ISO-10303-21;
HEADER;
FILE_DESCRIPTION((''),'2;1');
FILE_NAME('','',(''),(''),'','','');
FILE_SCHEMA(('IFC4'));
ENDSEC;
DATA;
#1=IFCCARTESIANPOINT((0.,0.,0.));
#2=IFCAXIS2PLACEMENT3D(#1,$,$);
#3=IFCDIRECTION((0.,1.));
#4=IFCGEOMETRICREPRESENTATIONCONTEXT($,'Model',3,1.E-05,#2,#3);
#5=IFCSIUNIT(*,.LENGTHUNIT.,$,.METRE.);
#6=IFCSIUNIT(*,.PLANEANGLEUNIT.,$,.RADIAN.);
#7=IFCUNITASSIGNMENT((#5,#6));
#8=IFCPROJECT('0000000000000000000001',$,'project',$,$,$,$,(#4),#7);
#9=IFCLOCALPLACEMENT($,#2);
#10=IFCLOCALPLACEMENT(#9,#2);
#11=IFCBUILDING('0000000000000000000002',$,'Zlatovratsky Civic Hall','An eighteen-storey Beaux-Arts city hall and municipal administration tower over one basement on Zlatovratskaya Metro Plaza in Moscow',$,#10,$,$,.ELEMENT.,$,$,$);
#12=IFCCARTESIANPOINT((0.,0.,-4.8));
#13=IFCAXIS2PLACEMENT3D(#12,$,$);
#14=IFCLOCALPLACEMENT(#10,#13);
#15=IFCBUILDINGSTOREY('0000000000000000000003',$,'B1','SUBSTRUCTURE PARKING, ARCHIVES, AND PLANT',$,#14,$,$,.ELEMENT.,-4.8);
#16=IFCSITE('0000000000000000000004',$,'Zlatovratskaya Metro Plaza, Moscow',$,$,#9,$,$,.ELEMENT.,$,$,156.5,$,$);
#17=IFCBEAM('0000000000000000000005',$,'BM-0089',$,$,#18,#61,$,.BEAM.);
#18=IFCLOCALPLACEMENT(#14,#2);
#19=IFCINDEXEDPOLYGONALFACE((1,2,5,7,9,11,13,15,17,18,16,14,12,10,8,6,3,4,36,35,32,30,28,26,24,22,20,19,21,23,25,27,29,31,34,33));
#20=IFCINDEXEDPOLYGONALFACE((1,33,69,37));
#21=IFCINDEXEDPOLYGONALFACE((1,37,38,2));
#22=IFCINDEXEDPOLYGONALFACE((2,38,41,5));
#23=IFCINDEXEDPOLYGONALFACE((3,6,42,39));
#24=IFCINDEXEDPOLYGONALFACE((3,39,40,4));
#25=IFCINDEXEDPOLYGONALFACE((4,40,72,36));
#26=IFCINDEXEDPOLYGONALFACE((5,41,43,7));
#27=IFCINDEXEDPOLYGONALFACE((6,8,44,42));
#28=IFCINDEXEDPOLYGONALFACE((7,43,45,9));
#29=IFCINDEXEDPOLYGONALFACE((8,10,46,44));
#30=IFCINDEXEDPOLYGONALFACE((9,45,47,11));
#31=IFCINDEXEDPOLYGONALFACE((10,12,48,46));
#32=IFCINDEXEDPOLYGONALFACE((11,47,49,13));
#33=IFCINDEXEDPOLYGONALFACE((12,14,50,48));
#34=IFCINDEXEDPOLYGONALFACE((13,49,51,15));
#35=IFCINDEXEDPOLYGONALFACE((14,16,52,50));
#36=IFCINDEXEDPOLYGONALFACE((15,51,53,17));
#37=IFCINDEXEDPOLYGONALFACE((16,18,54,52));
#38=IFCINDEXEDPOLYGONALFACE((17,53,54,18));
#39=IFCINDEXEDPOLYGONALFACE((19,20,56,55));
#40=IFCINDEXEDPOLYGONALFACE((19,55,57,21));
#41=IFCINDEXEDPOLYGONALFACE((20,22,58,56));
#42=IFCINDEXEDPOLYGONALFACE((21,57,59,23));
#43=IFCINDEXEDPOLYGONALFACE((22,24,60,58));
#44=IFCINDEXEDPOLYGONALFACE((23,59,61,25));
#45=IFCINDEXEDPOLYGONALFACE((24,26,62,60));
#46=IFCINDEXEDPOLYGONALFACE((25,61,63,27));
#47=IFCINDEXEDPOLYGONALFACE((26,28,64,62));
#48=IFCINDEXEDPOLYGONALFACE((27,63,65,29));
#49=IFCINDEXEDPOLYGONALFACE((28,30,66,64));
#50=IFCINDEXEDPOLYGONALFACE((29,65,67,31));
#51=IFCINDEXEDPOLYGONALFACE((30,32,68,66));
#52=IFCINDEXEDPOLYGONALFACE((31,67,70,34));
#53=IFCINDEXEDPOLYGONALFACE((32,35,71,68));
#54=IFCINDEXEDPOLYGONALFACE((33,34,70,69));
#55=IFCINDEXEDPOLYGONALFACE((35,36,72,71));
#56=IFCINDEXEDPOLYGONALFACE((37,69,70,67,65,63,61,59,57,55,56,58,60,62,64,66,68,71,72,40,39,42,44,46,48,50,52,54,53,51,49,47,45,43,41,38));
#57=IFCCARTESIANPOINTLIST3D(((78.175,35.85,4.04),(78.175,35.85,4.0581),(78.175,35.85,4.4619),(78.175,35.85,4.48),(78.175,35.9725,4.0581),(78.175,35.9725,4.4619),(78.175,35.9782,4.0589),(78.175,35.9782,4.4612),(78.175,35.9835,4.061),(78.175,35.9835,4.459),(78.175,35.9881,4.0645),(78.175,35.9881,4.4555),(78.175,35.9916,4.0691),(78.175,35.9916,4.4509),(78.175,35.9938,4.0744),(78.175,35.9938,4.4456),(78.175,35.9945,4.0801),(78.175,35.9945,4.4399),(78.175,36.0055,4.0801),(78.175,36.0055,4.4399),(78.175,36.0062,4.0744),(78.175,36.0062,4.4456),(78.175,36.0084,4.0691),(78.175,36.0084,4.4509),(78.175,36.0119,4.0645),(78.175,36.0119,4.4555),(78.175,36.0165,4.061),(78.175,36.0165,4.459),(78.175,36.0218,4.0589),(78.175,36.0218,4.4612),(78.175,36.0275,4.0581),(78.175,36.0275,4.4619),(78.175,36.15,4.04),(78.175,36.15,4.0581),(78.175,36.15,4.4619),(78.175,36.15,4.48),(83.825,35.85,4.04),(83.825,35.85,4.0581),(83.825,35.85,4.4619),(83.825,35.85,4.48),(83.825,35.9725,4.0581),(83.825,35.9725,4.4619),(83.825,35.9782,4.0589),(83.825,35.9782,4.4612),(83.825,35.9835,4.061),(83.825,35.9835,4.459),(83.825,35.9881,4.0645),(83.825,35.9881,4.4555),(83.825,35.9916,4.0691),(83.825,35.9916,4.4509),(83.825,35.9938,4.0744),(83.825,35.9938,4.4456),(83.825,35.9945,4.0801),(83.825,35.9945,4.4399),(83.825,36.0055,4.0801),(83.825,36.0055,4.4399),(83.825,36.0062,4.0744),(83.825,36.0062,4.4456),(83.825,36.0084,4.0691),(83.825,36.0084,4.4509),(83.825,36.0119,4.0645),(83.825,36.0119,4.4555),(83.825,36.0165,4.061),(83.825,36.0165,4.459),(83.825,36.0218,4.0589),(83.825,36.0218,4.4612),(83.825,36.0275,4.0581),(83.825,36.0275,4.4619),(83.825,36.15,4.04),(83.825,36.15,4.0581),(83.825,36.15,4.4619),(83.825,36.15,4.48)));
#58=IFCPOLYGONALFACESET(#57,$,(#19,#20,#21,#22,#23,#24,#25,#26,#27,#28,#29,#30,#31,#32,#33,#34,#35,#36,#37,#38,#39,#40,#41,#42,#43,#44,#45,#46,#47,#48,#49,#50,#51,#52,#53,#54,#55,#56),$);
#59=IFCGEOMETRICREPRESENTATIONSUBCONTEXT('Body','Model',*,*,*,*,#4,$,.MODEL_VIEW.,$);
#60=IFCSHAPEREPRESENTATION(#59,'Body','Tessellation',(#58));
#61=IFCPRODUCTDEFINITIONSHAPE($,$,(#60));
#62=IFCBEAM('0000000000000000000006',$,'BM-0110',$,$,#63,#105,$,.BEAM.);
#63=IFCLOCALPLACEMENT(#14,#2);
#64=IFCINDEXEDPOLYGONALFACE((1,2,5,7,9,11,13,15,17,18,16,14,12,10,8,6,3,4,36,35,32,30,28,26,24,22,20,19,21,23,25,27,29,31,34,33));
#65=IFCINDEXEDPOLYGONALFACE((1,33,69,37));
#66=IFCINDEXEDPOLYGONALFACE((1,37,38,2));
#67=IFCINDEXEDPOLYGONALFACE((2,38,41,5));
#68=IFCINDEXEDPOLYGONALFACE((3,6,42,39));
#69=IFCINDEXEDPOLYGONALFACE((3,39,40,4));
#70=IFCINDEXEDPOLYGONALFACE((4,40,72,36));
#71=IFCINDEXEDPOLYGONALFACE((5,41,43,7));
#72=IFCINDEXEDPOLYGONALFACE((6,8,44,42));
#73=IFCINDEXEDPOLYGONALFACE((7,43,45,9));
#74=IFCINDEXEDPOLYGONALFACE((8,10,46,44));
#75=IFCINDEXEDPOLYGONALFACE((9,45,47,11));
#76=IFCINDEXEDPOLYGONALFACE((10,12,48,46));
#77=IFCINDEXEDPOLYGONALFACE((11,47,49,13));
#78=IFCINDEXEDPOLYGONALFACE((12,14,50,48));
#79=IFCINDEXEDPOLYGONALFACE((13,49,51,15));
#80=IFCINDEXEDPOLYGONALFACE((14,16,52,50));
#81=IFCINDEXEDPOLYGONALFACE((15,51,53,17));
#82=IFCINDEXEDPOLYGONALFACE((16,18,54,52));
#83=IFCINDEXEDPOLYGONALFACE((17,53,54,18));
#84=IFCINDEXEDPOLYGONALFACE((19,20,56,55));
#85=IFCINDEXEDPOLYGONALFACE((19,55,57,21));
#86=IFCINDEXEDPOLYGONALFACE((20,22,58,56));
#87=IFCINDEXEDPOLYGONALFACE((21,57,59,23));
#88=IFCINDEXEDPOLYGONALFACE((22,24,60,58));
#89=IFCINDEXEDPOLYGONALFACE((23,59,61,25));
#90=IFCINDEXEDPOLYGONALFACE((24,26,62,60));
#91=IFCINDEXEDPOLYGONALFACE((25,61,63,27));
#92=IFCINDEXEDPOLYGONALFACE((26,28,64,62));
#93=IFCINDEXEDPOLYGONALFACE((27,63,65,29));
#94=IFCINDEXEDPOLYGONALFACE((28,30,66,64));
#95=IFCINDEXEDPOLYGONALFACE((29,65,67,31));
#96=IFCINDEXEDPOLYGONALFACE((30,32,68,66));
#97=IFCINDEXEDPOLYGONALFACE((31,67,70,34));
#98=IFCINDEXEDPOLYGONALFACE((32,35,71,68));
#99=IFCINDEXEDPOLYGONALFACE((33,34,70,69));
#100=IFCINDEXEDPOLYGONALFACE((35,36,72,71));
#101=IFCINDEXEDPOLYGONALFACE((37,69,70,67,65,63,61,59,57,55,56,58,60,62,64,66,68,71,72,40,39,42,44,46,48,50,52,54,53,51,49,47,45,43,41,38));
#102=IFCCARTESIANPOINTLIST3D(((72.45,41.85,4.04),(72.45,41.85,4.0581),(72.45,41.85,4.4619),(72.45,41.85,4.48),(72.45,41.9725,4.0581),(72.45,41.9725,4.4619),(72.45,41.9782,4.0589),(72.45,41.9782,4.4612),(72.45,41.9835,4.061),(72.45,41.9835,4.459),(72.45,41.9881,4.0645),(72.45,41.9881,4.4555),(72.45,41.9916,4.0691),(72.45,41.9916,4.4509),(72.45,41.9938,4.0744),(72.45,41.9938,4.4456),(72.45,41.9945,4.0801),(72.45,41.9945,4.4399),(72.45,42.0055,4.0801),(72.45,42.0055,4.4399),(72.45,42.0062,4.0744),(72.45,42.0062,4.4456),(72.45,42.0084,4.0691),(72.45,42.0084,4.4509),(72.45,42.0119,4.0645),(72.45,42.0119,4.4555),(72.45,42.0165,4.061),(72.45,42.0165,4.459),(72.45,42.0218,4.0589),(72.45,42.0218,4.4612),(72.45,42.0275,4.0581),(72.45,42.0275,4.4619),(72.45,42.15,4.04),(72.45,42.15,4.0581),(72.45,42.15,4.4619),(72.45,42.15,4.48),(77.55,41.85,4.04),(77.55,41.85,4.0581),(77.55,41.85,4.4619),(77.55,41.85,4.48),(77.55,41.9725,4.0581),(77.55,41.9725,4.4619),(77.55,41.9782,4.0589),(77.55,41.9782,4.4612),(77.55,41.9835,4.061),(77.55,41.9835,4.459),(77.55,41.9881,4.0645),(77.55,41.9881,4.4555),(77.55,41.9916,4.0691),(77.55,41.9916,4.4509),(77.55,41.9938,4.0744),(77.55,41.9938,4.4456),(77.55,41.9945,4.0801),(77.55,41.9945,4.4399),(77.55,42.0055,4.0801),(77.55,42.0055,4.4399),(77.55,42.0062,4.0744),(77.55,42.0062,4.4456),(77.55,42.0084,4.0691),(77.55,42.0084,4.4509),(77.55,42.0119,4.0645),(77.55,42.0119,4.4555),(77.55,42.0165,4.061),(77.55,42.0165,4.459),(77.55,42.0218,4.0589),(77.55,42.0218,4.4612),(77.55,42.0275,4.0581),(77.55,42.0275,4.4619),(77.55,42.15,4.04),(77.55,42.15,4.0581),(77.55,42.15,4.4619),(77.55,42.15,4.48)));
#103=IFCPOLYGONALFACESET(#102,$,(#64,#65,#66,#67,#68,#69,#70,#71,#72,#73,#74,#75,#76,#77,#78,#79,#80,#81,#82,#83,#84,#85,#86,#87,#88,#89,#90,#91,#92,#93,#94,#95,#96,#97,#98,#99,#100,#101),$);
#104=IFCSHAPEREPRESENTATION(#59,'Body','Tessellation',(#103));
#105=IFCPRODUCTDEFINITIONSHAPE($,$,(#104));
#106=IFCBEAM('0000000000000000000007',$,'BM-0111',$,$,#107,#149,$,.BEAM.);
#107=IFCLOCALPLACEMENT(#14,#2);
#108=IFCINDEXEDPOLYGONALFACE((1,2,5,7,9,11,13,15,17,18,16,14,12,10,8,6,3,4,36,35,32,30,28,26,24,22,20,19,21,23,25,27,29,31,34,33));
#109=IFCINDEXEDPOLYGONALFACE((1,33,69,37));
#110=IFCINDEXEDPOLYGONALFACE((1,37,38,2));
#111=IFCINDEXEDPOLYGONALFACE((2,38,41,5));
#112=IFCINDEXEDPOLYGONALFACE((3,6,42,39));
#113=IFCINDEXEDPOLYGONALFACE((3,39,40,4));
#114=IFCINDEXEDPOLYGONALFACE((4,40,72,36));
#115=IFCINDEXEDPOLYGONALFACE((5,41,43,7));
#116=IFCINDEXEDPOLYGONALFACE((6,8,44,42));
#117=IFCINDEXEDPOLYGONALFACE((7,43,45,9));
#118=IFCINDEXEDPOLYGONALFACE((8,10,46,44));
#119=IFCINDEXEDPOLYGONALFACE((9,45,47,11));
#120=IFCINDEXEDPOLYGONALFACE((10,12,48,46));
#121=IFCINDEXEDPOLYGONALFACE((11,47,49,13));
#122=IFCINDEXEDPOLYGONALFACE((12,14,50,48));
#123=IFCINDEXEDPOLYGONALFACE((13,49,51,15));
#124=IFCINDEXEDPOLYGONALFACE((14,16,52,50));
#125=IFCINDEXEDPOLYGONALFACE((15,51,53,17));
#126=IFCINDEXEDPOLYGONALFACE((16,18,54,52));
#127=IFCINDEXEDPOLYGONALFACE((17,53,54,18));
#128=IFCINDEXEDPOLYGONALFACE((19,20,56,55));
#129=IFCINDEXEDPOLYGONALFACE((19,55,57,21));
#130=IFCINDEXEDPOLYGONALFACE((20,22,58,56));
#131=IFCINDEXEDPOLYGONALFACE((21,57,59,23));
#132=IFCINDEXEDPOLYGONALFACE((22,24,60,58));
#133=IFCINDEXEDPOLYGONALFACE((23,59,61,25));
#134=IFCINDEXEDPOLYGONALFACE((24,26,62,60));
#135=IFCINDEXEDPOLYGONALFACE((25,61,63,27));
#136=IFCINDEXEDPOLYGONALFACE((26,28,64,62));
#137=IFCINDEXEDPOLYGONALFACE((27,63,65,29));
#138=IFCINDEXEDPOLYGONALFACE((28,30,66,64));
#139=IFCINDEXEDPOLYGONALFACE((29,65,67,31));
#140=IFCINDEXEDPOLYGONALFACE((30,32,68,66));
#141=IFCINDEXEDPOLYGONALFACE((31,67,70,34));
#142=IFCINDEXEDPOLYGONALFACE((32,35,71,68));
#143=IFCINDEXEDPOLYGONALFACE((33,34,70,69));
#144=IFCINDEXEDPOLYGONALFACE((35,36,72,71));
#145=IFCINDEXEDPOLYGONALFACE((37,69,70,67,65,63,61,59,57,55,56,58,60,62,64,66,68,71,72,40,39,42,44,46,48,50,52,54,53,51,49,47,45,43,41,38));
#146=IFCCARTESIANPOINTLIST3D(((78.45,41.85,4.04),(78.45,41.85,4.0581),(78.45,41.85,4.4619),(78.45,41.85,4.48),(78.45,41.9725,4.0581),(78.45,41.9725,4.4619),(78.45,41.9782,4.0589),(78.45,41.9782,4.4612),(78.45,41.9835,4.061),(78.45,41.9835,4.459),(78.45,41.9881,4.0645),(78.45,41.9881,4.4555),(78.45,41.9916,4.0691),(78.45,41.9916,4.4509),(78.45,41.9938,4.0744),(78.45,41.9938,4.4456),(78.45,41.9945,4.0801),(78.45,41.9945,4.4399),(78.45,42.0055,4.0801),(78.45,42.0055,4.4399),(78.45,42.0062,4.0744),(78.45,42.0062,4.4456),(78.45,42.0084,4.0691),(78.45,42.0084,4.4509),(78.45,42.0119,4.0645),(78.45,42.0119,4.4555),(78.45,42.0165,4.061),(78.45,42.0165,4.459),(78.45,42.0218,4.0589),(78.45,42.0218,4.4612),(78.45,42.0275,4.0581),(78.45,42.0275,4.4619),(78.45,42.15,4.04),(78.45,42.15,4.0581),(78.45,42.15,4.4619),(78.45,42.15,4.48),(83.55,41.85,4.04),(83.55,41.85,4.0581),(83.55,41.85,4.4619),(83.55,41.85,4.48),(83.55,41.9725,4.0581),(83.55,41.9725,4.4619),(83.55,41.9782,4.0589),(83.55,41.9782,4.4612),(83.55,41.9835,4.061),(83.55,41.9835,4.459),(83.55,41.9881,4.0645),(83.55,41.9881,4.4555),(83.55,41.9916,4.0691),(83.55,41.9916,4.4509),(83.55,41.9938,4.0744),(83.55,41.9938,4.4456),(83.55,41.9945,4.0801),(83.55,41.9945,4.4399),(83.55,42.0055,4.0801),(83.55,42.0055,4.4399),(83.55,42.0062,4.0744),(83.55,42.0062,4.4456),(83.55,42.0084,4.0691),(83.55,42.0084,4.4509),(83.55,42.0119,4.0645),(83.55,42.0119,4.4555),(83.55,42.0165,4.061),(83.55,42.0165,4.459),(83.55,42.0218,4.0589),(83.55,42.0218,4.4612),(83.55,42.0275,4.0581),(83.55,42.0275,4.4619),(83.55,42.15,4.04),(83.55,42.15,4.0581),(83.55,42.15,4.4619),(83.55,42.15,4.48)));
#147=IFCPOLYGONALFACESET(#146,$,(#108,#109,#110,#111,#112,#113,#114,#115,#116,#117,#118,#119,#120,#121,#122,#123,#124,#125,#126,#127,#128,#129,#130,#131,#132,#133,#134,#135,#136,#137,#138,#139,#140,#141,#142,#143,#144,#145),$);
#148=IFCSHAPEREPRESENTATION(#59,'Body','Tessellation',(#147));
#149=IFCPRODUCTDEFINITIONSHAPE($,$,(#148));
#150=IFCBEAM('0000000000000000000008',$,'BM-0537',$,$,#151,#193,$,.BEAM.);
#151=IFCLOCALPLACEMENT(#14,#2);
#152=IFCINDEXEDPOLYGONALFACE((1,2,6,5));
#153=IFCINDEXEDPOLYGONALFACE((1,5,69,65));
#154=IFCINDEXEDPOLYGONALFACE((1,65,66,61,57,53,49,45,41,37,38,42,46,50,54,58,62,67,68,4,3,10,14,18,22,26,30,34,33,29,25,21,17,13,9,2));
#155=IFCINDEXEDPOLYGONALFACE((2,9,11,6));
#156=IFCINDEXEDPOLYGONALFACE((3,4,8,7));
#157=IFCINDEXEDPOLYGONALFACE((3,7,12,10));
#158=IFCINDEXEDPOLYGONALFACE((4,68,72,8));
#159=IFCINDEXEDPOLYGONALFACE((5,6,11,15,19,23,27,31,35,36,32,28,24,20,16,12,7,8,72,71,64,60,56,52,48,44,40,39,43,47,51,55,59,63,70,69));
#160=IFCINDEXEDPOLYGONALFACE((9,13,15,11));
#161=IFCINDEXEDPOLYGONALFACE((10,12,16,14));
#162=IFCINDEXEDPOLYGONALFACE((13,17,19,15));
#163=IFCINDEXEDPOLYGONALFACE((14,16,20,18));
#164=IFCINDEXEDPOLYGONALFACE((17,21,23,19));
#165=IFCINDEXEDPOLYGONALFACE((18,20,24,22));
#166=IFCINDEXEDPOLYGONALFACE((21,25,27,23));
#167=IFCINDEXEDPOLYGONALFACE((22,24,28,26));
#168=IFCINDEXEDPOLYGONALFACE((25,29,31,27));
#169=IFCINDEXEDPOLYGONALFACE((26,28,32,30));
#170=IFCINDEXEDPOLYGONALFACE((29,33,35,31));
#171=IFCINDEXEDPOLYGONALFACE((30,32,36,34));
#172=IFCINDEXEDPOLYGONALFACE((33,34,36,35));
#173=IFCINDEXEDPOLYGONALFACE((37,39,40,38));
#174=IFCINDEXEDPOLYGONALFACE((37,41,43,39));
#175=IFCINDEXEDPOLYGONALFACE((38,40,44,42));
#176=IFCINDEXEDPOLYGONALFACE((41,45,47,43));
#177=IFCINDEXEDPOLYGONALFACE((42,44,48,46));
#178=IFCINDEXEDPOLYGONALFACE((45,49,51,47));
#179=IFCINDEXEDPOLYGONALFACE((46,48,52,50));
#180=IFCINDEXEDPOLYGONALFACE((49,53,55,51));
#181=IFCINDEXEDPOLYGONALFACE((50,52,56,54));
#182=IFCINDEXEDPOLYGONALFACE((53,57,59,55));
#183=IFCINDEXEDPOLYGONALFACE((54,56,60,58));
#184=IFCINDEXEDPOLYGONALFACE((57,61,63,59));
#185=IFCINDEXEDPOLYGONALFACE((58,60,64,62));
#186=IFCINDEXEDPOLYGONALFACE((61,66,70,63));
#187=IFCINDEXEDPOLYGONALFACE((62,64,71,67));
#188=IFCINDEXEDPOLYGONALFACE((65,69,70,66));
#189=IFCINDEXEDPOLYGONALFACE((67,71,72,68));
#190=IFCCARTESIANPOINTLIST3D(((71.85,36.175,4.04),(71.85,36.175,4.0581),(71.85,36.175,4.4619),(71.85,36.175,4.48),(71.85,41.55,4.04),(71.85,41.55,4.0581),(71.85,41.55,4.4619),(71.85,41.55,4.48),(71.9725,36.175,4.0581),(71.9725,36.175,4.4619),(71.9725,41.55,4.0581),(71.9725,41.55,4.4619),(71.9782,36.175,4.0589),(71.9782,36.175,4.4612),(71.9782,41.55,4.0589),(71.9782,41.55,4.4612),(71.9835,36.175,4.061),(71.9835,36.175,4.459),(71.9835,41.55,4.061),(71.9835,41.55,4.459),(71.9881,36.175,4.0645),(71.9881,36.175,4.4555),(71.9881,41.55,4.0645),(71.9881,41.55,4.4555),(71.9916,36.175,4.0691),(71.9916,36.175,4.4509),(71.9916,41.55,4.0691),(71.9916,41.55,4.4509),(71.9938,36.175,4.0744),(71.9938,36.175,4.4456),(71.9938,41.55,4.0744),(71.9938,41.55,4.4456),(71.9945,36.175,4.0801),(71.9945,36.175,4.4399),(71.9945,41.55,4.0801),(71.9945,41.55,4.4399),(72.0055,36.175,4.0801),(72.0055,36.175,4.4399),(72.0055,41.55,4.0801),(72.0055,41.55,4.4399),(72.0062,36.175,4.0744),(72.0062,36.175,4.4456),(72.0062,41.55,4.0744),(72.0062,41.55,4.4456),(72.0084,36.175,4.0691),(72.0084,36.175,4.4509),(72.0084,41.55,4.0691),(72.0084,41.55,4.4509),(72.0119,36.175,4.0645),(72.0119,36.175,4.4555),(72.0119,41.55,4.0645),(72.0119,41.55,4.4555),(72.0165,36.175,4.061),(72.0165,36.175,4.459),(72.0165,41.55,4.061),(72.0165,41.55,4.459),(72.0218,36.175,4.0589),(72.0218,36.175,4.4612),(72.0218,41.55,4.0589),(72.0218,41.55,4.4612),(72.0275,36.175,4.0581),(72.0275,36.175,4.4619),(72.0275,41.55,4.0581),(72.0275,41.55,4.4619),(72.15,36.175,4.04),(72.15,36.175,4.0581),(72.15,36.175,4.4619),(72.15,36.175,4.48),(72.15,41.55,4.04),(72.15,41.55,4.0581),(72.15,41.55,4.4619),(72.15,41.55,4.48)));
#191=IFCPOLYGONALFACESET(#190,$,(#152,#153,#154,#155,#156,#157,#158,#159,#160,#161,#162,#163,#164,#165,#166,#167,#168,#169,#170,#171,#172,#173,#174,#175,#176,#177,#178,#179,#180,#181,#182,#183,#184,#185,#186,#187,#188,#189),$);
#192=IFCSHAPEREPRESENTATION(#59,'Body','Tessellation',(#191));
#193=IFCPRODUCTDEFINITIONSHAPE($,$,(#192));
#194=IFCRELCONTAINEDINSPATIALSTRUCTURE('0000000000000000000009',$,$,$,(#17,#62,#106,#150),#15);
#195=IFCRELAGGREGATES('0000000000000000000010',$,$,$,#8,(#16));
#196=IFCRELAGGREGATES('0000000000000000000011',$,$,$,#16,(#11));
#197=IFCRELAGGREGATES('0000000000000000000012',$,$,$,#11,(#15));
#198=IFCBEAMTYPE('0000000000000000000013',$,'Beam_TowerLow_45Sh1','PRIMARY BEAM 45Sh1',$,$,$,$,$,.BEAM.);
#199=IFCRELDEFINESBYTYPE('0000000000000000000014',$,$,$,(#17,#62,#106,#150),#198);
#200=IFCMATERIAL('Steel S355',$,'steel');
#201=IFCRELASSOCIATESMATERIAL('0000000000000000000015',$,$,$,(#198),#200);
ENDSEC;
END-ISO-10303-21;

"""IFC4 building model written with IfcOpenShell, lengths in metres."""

from ifc_helpers import new_model, si_unit, direction, frame, origin, origin_2d, place, context, subcontext, project, spatial, i_section, extrude, material, material_profile, profile_set, type_object, element, save


model = new_model("IFC4")

# Units and contexts
model_context = context("Model", 3, precision=1e-05, world=origin(), true_north=direction((0.0, 1.0)))
body_context = subcontext(model_context, "Body", "Model", "MODEL_VIEW")
ifc_project = project(units=[si_unit("LENGTHUNIT", "METRE"), si_unit("PLANEANGLEUNIT", "RADIAN")], contexts=[model_context])

# Site, building, storey
site_placement = place(None, origin())
site = spatial("IfcSite", under=ifc_project, at=site_placement, Name="Zlatovratskaya Metro Plaza, Moscow", CompositionType="ELEMENT", RefElevation=156.5)
building_placement = place(site_placement, origin())
building = spatial("IfcBuilding", under=site, at=building_placement, Name="Zlatovratsky Civic Hall", Description="An eighteen-storey Beaux-Arts city hall and municipal administration tower over one basement on Zlatovratskaya Metro Plaza in Moscow", CompositionType="ELEMENT")
storey_placement = place(building_placement, frame((0.0, 0.0, -4.8)))
storey = spatial("IfcBuildingStorey", under=building, at=storey_placement, Name="B1", Description="SUBSTRUCTURE PARKING, ARCHIVES, AND PLANT", CompositionType="ELEMENT", Elevation=-4.8)

# Shared definitions
ifc_material_1 = material(Name="Steel S355", Category="steel")

# Beams
ifc_material_profile_1 = material_profile(ifc_material_1, i_section(OverallWidth=0.3, OverallDepth=0.4399, WebThickness=0.011, FlangeThickness=0.0181, FilletRadius=0.022, at=origin_2d()), Name="45Sh1")
ifc_profile_set_1 = profile_set([ifc_material_profile_1], Name="Steel S355")
beam_type = type_object("IfcBeamType", Name="Beam_TowerLow_45Sh1", Description="PRIMARY BEAM 45Sh1", PredefinedType="BEAM", material=ifc_profile_set_1)
for number, where, z_axis, x_axis, name in (
    (1, (78.175, 36.0, 4.26), (1.0, 0.0, 0.0), (0.0, 1.0, 0.0), "BM-0089"),
):
    element("IfcBeam", number, at=place(storey_placement, frame(where, z_axis=z_axis, x_axis=x_axis)), inside=storey, type_object=beam_type, Name=name, PredefinedType="BEAM", context=body_context, shape_type="SweptSolid", body=[
        extrude(i_section(OverallWidth=0.3, OverallDepth=0.4399, WebThickness=0.011, FlangeThickness=0.0181, FilletRadius=0.022, at=origin_2d()), origin(), (0.0, 0.0, 1.0), 5.6499),
    ])
for number, where, z_axis, x_axis, name in (
    (2, (72.45, 42.0, 4.26), (1.0, 0.0, 0.0), (0.0, 1.0, 0.0), "BM-0110"),
    (3, (78.45, 42.0, 4.26), (1.0, 0.0, 0.0), (0.0, 1.0, 0.0), "BM-0111"),
):
    element("IfcBeam", number, at=place(storey_placement, frame(where, z_axis=z_axis, x_axis=x_axis)), inside=storey, type_object=beam_type, Name=name, PredefinedType="BEAM", context=body_context, shape_type="SweptSolid", body=[
        extrude(i_section(OverallWidth=0.3, OverallDepth=0.4399, WebThickness=0.011, FlangeThickness=0.0181, FilletRadius=0.022, at=origin_2d()), origin(), (0.0, 0.0, 1.0), 5.1001),
    ])
for number, where, z_axis, x_axis, name in (
    (4, (72.0, 36.175, 4.26), (0.0, 1.0, 0.0), (-1.0, 0.0, 0.0), "BM-0537"),
):
    element("IfcBeam", number, at=place(storey_placement, frame(where, z_axis=z_axis, x_axis=x_axis)), inside=storey, type_object=beam_type, Name=name, PredefinedType="BEAM", context=body_context, shape_type="SweptSolid", body=[
        extrude(i_section(OverallWidth=0.3, OverallDepth=0.4399, WebThickness=0.011, FlangeThickness=0.0181, FilletRadius=0.022, at=origin_2d()), origin(), (0.0, 0.0, 1.0), 5.375),
    ])

save(model, "model.ifc")
